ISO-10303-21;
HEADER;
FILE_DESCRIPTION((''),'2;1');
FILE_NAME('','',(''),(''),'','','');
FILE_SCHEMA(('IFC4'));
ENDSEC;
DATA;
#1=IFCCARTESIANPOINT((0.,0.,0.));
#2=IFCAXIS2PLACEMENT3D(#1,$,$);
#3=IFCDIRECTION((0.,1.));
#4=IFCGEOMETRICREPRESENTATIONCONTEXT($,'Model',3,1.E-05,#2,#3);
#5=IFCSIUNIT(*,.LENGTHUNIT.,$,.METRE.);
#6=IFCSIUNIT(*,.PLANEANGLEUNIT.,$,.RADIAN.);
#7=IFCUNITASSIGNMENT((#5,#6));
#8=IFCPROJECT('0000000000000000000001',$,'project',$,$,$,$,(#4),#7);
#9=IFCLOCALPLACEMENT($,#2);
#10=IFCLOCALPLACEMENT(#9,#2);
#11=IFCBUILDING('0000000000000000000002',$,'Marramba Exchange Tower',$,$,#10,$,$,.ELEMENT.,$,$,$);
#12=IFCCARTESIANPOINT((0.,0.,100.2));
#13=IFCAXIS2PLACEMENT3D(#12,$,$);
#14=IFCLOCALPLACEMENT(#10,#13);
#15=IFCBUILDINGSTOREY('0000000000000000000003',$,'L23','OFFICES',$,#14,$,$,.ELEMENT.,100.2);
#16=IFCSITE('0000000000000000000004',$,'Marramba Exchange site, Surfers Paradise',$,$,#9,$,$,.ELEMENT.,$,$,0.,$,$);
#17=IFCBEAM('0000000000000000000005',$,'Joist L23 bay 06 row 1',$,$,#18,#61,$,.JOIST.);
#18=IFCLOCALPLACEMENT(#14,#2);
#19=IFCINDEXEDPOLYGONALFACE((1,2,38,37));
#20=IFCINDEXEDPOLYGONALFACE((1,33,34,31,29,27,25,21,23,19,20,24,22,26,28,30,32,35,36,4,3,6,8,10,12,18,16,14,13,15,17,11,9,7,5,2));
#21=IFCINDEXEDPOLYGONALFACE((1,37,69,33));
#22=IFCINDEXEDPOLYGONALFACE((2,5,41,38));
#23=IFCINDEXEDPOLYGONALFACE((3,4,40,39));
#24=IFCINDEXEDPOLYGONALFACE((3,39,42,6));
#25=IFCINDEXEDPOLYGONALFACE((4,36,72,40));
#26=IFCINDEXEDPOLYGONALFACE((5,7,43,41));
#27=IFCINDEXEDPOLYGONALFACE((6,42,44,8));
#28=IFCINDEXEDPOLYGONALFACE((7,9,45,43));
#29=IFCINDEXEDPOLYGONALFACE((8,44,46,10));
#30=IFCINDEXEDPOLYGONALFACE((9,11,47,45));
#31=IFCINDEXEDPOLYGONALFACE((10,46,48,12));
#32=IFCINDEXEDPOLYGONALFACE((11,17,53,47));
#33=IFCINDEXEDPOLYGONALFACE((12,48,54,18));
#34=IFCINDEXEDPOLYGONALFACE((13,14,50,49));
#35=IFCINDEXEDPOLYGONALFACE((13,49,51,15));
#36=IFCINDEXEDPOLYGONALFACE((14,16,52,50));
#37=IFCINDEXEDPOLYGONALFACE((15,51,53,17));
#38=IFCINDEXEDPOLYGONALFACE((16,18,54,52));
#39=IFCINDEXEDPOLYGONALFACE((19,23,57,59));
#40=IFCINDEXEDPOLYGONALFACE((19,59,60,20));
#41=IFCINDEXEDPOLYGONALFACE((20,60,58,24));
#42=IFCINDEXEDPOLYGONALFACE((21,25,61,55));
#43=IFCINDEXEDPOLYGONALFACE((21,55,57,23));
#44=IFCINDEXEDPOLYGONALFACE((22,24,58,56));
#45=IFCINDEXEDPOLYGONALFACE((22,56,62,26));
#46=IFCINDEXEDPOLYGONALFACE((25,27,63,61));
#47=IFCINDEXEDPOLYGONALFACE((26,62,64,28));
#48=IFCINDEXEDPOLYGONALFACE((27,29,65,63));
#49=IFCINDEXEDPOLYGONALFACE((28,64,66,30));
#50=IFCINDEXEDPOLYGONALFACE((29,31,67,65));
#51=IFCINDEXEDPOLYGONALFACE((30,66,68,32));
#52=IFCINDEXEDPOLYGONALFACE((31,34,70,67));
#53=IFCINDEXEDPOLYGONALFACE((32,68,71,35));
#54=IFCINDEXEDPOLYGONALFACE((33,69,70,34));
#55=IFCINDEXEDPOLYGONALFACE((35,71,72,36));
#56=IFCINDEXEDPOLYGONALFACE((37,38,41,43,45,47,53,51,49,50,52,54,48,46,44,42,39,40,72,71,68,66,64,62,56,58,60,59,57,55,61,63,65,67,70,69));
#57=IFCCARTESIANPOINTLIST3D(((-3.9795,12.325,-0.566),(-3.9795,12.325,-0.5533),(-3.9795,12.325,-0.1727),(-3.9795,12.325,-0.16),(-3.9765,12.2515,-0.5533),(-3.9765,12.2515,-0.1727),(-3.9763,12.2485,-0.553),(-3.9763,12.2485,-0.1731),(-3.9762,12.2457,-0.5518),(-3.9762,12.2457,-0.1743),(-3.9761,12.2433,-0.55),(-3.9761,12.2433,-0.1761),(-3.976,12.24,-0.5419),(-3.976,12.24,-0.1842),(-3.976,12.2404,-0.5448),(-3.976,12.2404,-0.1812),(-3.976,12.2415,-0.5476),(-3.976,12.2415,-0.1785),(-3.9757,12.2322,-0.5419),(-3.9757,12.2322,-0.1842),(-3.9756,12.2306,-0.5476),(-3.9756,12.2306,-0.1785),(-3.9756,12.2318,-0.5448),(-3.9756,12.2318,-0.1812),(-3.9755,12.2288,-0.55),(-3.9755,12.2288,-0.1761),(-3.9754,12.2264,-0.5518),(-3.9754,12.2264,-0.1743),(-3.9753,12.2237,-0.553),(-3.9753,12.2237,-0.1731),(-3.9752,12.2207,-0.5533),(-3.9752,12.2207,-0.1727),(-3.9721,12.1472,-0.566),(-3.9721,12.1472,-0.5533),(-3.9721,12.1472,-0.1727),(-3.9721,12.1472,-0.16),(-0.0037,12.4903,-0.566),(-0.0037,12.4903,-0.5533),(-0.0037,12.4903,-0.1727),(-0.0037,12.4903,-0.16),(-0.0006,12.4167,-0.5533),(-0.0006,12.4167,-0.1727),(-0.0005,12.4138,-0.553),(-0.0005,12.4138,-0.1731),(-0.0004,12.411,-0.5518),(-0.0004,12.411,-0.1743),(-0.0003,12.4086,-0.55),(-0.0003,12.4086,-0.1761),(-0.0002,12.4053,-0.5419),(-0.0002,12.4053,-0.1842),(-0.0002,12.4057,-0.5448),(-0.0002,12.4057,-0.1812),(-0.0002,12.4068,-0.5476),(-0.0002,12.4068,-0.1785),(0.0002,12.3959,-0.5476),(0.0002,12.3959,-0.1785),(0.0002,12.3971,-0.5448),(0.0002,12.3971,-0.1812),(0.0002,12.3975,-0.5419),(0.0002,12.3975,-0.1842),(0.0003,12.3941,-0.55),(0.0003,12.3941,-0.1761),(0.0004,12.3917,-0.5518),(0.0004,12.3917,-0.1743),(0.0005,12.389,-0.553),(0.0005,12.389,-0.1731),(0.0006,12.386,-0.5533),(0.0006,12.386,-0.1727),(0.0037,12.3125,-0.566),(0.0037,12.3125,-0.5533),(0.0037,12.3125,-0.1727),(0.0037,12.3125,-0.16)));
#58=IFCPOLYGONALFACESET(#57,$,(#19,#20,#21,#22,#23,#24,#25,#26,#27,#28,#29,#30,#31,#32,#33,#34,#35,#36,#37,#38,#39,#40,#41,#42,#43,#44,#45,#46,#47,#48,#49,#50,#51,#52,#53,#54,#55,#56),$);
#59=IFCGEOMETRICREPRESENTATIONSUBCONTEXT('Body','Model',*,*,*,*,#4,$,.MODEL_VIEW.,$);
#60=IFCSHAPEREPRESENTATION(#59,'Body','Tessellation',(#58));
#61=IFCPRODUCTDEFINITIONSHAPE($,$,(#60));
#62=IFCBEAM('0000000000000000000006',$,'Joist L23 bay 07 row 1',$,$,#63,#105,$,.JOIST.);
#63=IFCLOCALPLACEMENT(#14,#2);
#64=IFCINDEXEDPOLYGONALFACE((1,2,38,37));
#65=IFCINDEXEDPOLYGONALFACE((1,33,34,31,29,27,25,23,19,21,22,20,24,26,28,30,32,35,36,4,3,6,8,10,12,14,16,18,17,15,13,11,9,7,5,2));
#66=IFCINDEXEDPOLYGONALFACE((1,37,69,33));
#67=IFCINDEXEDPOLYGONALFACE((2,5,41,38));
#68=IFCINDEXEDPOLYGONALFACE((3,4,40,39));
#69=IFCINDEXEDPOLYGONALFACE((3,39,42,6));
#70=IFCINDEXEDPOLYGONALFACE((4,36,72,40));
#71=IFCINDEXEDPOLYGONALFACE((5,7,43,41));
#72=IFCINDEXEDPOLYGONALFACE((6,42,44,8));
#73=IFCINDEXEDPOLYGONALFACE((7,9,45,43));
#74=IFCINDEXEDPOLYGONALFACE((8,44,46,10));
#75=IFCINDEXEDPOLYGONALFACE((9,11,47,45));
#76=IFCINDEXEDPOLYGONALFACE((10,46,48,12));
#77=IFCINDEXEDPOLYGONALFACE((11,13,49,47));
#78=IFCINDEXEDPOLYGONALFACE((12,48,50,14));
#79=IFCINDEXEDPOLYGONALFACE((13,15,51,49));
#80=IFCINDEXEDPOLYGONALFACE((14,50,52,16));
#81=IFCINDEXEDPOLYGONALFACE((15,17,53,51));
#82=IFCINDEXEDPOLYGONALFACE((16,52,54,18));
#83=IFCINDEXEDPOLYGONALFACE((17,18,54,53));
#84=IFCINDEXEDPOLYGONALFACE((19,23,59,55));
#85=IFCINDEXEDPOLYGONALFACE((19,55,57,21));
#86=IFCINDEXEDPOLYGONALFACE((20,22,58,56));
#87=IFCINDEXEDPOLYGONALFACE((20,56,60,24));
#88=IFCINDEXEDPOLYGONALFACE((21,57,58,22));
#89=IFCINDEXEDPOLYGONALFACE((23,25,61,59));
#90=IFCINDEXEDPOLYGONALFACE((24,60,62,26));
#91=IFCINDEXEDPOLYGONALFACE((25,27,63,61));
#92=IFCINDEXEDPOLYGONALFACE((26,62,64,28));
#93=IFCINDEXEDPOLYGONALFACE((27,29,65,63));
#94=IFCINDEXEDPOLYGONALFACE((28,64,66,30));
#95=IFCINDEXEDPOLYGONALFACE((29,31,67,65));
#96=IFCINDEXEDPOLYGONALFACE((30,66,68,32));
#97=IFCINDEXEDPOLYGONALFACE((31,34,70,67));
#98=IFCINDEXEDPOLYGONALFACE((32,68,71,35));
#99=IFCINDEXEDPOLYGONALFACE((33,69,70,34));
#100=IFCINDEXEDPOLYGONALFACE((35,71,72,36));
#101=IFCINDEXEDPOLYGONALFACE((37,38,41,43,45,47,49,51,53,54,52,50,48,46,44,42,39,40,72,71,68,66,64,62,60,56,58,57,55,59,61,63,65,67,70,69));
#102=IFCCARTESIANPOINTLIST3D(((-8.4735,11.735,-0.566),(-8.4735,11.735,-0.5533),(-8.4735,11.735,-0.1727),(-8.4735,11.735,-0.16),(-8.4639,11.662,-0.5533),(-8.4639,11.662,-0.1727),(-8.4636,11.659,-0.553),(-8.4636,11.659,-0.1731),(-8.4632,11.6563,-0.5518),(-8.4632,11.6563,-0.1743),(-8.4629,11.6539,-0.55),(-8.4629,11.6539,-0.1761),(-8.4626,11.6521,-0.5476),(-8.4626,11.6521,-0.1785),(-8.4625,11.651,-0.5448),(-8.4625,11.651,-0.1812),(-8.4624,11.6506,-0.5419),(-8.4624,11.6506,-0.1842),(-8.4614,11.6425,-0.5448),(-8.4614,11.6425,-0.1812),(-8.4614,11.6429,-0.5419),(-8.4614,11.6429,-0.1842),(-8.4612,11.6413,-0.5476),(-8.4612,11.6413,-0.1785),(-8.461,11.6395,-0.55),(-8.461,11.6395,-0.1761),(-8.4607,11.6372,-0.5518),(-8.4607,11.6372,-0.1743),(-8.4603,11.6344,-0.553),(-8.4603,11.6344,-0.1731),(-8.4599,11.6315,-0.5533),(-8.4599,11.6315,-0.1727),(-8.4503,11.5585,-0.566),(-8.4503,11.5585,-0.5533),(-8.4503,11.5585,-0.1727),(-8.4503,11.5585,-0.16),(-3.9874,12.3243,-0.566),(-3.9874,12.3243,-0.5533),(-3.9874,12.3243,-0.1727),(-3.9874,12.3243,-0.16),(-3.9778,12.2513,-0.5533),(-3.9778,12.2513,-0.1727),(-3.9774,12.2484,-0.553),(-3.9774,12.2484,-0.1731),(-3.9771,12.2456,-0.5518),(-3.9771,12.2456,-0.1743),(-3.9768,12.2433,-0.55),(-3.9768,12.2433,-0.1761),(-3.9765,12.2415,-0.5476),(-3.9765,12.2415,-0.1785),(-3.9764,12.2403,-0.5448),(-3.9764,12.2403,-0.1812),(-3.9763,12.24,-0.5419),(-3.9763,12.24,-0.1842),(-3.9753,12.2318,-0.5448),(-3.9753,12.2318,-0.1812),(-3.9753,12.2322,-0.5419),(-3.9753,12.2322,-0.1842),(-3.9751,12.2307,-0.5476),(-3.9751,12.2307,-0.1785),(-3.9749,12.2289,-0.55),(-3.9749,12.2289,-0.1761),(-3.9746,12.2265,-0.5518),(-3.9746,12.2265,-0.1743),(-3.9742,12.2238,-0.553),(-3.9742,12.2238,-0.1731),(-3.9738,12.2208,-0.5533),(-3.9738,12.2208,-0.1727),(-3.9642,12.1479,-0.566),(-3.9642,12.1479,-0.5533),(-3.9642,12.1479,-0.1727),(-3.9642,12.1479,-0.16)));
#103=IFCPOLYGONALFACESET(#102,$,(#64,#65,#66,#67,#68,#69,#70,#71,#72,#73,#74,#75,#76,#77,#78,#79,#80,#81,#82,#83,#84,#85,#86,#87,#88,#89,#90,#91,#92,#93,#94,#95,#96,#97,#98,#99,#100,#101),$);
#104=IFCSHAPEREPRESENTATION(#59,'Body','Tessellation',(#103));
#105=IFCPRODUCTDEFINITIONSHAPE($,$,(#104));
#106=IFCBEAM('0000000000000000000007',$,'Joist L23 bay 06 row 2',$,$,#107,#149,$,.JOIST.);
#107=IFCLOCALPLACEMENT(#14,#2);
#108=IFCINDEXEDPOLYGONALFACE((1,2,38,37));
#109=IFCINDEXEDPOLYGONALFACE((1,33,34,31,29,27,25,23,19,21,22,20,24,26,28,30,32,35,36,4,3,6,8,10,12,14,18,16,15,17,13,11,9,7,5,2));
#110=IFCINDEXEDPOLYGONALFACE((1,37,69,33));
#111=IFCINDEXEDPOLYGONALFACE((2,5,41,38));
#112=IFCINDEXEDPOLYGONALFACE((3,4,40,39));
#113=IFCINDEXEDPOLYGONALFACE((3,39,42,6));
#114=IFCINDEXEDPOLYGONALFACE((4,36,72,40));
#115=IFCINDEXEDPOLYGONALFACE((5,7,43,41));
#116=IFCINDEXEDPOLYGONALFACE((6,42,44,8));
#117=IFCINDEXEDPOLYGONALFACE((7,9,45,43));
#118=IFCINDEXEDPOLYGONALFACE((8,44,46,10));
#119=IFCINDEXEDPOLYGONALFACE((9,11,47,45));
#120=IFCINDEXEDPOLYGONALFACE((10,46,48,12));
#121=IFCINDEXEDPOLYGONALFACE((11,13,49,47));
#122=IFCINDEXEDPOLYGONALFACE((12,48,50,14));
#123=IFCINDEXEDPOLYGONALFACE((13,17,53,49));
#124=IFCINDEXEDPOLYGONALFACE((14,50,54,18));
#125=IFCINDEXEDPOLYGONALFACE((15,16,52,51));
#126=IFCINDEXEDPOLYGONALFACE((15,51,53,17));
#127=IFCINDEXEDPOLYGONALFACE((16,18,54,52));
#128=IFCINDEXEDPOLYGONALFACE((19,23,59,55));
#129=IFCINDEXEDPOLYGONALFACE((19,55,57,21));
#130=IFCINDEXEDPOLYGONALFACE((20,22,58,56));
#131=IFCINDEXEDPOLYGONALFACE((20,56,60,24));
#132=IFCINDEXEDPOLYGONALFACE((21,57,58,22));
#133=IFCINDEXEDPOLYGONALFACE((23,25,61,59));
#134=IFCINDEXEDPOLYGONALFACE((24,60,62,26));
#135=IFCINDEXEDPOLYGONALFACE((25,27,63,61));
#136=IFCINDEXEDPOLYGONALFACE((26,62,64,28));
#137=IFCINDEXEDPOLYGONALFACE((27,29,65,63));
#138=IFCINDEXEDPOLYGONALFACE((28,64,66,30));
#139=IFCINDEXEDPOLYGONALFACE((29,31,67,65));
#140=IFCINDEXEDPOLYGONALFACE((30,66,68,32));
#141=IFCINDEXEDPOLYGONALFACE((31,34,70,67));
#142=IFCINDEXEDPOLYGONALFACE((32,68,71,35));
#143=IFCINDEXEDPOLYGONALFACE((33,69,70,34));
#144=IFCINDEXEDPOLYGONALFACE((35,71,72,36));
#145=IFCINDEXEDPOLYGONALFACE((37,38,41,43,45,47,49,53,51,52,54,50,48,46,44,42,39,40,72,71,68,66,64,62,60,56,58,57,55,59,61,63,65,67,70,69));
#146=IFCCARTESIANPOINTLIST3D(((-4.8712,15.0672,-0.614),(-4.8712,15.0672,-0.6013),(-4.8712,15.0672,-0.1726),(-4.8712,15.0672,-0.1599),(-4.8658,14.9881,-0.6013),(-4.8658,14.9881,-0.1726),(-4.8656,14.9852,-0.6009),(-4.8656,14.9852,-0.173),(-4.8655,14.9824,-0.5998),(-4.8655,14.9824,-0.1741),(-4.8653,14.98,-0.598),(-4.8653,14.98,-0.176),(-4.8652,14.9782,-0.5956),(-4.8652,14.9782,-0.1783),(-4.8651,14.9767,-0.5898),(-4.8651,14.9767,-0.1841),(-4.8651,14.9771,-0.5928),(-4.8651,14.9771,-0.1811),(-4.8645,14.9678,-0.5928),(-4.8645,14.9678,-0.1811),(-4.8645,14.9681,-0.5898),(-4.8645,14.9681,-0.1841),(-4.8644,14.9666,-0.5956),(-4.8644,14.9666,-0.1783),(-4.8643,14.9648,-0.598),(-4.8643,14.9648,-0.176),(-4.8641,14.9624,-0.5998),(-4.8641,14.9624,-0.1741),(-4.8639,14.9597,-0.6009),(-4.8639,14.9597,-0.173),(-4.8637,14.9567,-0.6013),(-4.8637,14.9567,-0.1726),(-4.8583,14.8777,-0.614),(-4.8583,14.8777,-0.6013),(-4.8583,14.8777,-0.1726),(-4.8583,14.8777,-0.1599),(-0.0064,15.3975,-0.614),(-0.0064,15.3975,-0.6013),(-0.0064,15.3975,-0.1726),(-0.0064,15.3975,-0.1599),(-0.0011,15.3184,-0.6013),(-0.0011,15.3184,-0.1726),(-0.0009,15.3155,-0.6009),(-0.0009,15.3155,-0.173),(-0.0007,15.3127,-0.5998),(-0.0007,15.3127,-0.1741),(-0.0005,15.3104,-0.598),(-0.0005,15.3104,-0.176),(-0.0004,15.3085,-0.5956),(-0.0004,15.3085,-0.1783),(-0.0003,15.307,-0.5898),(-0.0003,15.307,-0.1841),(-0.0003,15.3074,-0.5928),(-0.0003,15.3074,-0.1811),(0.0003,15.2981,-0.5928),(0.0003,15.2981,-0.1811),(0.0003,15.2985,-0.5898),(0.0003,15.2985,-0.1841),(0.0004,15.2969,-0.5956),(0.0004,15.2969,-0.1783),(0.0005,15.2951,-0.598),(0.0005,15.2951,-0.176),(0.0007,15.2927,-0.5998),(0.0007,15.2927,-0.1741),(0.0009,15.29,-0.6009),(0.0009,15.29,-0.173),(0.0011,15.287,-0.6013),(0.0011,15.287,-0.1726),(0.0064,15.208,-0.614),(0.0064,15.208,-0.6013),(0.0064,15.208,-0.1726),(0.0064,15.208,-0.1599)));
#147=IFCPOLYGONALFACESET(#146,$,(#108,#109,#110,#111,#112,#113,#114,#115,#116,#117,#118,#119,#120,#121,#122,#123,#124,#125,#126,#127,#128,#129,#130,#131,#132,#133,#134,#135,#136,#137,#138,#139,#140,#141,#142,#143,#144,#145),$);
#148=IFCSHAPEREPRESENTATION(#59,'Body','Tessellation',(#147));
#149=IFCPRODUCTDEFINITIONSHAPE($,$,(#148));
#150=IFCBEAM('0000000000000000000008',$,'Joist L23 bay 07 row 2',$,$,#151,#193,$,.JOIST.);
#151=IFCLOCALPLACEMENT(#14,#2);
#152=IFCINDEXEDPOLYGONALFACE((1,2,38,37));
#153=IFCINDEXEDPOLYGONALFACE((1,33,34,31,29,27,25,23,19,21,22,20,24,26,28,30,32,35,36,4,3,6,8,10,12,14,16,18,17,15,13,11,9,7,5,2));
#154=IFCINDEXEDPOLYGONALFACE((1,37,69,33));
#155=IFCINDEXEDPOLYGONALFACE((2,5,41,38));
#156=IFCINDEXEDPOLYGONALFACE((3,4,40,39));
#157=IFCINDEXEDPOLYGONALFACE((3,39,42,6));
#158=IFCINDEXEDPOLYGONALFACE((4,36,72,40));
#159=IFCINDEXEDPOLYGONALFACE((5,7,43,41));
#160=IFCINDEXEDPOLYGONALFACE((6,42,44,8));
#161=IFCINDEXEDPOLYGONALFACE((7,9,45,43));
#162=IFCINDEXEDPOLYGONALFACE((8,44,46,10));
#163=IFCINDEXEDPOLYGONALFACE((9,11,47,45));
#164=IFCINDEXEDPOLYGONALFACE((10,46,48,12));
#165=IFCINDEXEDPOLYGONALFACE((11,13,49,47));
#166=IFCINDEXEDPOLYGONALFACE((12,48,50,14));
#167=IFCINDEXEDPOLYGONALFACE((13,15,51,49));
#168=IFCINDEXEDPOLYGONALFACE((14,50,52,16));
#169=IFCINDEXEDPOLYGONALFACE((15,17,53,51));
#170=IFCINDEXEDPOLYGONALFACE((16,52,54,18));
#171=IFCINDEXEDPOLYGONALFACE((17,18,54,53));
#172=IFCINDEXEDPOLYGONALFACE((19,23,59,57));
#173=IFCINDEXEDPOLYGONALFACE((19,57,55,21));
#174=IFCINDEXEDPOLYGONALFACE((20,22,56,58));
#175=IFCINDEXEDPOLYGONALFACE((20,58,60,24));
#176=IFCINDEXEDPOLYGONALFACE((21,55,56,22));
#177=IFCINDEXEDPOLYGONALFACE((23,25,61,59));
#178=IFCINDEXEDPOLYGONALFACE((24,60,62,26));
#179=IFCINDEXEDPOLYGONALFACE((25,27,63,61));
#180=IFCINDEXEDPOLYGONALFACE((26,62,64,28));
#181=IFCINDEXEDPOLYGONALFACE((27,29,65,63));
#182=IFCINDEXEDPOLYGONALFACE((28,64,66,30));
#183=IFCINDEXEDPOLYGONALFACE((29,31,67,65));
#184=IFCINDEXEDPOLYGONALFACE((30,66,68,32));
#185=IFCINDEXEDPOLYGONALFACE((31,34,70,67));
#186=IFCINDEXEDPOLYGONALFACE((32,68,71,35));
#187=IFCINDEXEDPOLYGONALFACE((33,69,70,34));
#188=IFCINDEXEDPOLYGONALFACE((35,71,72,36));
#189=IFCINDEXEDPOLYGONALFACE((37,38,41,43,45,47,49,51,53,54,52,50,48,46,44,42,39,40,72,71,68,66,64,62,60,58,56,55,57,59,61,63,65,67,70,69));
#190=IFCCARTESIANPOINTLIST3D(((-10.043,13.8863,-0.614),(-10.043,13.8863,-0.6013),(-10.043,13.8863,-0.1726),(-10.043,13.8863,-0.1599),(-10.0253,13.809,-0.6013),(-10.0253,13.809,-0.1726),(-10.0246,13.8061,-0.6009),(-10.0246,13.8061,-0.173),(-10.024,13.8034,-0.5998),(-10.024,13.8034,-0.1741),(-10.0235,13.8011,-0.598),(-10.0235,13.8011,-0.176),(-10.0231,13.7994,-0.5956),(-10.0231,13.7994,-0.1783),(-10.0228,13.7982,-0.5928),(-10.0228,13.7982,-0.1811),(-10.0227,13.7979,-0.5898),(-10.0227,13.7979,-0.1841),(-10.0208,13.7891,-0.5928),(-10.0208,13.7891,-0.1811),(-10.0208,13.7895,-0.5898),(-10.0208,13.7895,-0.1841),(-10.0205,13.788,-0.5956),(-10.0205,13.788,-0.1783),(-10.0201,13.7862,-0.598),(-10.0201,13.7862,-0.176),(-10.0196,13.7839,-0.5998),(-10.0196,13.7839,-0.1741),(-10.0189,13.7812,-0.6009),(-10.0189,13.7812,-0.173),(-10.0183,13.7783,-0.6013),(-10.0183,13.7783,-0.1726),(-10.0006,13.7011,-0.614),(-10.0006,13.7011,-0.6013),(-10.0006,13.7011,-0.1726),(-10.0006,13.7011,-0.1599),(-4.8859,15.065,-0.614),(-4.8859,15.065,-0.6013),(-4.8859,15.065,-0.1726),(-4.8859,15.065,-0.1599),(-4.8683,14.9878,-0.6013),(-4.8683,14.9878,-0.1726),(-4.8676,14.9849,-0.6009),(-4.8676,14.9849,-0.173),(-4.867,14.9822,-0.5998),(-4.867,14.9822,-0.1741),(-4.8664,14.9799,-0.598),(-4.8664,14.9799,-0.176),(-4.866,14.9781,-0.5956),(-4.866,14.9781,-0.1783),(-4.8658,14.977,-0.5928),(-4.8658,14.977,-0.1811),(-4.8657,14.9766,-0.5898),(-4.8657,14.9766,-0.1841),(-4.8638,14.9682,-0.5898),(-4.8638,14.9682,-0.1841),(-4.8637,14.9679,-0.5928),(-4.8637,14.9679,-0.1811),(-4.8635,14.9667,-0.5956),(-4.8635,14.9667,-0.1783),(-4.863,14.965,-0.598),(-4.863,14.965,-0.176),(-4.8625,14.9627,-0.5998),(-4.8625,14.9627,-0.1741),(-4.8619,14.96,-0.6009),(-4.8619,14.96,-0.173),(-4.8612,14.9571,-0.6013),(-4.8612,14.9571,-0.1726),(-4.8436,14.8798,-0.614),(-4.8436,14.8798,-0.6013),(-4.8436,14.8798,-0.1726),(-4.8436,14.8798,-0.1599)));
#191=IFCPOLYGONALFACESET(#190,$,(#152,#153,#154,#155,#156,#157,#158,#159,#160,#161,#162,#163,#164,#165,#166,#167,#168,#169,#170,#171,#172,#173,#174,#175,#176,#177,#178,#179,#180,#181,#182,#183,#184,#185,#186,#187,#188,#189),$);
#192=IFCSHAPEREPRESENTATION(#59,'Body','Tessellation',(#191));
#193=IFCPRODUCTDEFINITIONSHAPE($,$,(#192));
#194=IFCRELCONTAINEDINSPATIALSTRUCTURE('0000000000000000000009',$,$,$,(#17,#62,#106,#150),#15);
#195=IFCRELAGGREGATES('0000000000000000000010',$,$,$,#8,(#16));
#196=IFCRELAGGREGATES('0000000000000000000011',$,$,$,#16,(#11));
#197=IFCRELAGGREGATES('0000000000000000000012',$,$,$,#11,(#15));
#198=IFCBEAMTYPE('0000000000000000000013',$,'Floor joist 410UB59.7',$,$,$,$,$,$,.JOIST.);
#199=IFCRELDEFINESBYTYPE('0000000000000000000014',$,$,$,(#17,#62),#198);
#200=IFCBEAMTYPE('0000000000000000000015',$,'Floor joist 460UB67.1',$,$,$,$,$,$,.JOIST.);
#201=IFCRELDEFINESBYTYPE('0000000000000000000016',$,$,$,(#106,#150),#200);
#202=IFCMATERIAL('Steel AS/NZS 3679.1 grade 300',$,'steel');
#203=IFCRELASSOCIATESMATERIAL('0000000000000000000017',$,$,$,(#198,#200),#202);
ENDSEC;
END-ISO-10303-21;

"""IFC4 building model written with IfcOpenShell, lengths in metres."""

from ifc_helpers import new_model, si_unit, direction, frame, origin, origin_2d, place, context, subcontext, project, spatial, i_section, extrude, material, material_profile, profile_set, type_object, element, save


model = new_model("IFC4")

# Units and contexts
model_context = context("Model", 3, precision=1e-05, world=origin(), true_north=direction((0.0, 1.0)))
body_context = subcontext(model_context, "Body", "Model", "MODEL_VIEW")
ifc_project = project(units=[si_unit("LENGTHUNIT", "METRE"), si_unit("PLANEANGLEUNIT", "RADIAN")], contexts=[model_context])

# Site, building, storey
site_placement = place(None, origin())
site = spatial("IfcSite", under=ifc_project, at=site_placement, Name="Marramba Exchange site, Surfers Paradise", CompositionType="ELEMENT", RefElevation=0.0)
building_placement = place(site_placement, origin())
building = spatial("IfcBuilding", under=site, at=building_placement, Name="Marramba Exchange Tower", CompositionType="ELEMENT")
storey_placement = place(building_placement, frame((0.0, 0.0, 100.2)))
storey = spatial("IfcBuildingStorey", under=building, at=storey_placement, Name="L23", Description="OFFICES", CompositionType="ELEMENT", Elevation=100.2)

# Beams
ifc_material_1 = material(Name="Steel AS/NZS 3679.1 grade 300", Category="steel")
ifc_material_profile_1 = material_profile(ifc_material_1, i_section(OverallWidth=0.178, OverallDepth=0.406, WebThickness=0.0078, FlangeThickness=0.0127, FilletRadius=0.0115, at=origin_2d()), Name="410UB59.7")
ifc_profile_set_1 = profile_set([ifc_material_profile_1], Name="Steel AS/NZS 3679.1 grade 300")
beam_type_1 = type_object("IfcBeamType", Name="Floor joist 410UB59.7", PredefinedType="JOIST", material=ifc_profile_set_1)
beam_1_placement = place(storey_placement, frame((0.0, 12.4014, -0.363), z_axis=(-0.999137, -0.041536, 0.0), x_axis=(0.041536, -0.999137, 0.0)))
element("IfcBeam", 1, at=beam_1_placement, inside=storey, type_object=beam_type_1, Name="Joist L23 bay 06 row 1", PredefinedType="JOIST", context=body_context, shape_type="SweptSolid", body=[
    extrude(i_section(OverallWidth=0.178, OverallDepth=0.406, WebThickness=0.0078, FlangeThickness=0.0127, FilletRadius=0.0115, at=origin_2d()), origin(), (0.0, 0.0, 1.0), 3.9792),
])
beam_2_placement = place(storey_placement, frame((-3.9758, 12.2361, -0.363), z_axis=(-0.991481, -0.130255, 0.0), x_axis=(0.130255, -0.991481, 0.0)))
element("IfcBeam", 2, at=beam_2_placement, inside=storey, type_object=beam_type_1, Name="Joist L23 bay 07 row 1", PredefinedType="JOIST", context=body_context, shape_type="SweptSolid", body=[
    extrude(i_section(OverallWidth=0.178, OverallDepth=0.406, WebThickness=0.0078, FlangeThickness=0.0127, FilletRadius=0.0115, at=origin_2d()), origin(), (0.0, 0.0, 1.0), 4.5247),
])
ifc_material_profile_2 = material_profile(ifc_material_1, i_section(OverallWidth=0.1899, OverallDepth=0.4541, WebThickness=0.0085, FlangeThickness=0.0127, FilletRadius=0.0115, at=origin_2d()), Name="460UB67.1")
ifc_profile_set_2 = profile_set([ifc_material_profile_2], Name="Steel AS/NZS 3679.1 grade 300")
beam_type_2 = type_object("IfcBeamType", Name="Floor joist 460UB67.1", PredefinedType="JOIST", material=ifc_profile_set_2)
beam_3_placement = place(storey_placement, frame((0.0, 15.3027, -0.387), z_axis=(-0.997703, -0.067745, 0.0), x_axis=(0.067745, -0.997703, 0.0)))
element("IfcBeam", 3, at=beam_3_placement, inside=storey, type_object=beam_type_2, Name="Joist L23 bay 06 row 2", PredefinedType="JOIST", context=body_context, shape_type="SweptSolid", body=[
    extrude(i_section(OverallWidth=0.1899, OverallDepth=0.4541, WebThickness=0.0085, FlangeThickness=0.0127, FilletRadius=0.0115, at=origin_2d()), origin(), (0.0, 0.0, 1.0), 4.876),
])
beam_4_placement = place(storey_placement, frame((-4.8647, 14.9724, -0.387), z_axis=(-0.97486, -0.22282, 0.0), x_axis=(0.22282, -0.97486, 0.0)))
element("IfcBeam", 4, at=beam_4_placement, inside=storey, type_object=beam_type_2, Name="Joist L23 bay 07 row 2", PredefinedType="JOIST", context=body_context, shape_type="SweptSolid", body=[
    extrude(i_section(OverallWidth=0.1899, OverallDepth=0.4541, WebThickness=0.0085, FlangeThickness=0.0127, FilletRadius=0.0115, at=origin_2d()), origin(), (0.0, 0.0, 1.0), 5.29),
])

save(model, "model.ifc")
